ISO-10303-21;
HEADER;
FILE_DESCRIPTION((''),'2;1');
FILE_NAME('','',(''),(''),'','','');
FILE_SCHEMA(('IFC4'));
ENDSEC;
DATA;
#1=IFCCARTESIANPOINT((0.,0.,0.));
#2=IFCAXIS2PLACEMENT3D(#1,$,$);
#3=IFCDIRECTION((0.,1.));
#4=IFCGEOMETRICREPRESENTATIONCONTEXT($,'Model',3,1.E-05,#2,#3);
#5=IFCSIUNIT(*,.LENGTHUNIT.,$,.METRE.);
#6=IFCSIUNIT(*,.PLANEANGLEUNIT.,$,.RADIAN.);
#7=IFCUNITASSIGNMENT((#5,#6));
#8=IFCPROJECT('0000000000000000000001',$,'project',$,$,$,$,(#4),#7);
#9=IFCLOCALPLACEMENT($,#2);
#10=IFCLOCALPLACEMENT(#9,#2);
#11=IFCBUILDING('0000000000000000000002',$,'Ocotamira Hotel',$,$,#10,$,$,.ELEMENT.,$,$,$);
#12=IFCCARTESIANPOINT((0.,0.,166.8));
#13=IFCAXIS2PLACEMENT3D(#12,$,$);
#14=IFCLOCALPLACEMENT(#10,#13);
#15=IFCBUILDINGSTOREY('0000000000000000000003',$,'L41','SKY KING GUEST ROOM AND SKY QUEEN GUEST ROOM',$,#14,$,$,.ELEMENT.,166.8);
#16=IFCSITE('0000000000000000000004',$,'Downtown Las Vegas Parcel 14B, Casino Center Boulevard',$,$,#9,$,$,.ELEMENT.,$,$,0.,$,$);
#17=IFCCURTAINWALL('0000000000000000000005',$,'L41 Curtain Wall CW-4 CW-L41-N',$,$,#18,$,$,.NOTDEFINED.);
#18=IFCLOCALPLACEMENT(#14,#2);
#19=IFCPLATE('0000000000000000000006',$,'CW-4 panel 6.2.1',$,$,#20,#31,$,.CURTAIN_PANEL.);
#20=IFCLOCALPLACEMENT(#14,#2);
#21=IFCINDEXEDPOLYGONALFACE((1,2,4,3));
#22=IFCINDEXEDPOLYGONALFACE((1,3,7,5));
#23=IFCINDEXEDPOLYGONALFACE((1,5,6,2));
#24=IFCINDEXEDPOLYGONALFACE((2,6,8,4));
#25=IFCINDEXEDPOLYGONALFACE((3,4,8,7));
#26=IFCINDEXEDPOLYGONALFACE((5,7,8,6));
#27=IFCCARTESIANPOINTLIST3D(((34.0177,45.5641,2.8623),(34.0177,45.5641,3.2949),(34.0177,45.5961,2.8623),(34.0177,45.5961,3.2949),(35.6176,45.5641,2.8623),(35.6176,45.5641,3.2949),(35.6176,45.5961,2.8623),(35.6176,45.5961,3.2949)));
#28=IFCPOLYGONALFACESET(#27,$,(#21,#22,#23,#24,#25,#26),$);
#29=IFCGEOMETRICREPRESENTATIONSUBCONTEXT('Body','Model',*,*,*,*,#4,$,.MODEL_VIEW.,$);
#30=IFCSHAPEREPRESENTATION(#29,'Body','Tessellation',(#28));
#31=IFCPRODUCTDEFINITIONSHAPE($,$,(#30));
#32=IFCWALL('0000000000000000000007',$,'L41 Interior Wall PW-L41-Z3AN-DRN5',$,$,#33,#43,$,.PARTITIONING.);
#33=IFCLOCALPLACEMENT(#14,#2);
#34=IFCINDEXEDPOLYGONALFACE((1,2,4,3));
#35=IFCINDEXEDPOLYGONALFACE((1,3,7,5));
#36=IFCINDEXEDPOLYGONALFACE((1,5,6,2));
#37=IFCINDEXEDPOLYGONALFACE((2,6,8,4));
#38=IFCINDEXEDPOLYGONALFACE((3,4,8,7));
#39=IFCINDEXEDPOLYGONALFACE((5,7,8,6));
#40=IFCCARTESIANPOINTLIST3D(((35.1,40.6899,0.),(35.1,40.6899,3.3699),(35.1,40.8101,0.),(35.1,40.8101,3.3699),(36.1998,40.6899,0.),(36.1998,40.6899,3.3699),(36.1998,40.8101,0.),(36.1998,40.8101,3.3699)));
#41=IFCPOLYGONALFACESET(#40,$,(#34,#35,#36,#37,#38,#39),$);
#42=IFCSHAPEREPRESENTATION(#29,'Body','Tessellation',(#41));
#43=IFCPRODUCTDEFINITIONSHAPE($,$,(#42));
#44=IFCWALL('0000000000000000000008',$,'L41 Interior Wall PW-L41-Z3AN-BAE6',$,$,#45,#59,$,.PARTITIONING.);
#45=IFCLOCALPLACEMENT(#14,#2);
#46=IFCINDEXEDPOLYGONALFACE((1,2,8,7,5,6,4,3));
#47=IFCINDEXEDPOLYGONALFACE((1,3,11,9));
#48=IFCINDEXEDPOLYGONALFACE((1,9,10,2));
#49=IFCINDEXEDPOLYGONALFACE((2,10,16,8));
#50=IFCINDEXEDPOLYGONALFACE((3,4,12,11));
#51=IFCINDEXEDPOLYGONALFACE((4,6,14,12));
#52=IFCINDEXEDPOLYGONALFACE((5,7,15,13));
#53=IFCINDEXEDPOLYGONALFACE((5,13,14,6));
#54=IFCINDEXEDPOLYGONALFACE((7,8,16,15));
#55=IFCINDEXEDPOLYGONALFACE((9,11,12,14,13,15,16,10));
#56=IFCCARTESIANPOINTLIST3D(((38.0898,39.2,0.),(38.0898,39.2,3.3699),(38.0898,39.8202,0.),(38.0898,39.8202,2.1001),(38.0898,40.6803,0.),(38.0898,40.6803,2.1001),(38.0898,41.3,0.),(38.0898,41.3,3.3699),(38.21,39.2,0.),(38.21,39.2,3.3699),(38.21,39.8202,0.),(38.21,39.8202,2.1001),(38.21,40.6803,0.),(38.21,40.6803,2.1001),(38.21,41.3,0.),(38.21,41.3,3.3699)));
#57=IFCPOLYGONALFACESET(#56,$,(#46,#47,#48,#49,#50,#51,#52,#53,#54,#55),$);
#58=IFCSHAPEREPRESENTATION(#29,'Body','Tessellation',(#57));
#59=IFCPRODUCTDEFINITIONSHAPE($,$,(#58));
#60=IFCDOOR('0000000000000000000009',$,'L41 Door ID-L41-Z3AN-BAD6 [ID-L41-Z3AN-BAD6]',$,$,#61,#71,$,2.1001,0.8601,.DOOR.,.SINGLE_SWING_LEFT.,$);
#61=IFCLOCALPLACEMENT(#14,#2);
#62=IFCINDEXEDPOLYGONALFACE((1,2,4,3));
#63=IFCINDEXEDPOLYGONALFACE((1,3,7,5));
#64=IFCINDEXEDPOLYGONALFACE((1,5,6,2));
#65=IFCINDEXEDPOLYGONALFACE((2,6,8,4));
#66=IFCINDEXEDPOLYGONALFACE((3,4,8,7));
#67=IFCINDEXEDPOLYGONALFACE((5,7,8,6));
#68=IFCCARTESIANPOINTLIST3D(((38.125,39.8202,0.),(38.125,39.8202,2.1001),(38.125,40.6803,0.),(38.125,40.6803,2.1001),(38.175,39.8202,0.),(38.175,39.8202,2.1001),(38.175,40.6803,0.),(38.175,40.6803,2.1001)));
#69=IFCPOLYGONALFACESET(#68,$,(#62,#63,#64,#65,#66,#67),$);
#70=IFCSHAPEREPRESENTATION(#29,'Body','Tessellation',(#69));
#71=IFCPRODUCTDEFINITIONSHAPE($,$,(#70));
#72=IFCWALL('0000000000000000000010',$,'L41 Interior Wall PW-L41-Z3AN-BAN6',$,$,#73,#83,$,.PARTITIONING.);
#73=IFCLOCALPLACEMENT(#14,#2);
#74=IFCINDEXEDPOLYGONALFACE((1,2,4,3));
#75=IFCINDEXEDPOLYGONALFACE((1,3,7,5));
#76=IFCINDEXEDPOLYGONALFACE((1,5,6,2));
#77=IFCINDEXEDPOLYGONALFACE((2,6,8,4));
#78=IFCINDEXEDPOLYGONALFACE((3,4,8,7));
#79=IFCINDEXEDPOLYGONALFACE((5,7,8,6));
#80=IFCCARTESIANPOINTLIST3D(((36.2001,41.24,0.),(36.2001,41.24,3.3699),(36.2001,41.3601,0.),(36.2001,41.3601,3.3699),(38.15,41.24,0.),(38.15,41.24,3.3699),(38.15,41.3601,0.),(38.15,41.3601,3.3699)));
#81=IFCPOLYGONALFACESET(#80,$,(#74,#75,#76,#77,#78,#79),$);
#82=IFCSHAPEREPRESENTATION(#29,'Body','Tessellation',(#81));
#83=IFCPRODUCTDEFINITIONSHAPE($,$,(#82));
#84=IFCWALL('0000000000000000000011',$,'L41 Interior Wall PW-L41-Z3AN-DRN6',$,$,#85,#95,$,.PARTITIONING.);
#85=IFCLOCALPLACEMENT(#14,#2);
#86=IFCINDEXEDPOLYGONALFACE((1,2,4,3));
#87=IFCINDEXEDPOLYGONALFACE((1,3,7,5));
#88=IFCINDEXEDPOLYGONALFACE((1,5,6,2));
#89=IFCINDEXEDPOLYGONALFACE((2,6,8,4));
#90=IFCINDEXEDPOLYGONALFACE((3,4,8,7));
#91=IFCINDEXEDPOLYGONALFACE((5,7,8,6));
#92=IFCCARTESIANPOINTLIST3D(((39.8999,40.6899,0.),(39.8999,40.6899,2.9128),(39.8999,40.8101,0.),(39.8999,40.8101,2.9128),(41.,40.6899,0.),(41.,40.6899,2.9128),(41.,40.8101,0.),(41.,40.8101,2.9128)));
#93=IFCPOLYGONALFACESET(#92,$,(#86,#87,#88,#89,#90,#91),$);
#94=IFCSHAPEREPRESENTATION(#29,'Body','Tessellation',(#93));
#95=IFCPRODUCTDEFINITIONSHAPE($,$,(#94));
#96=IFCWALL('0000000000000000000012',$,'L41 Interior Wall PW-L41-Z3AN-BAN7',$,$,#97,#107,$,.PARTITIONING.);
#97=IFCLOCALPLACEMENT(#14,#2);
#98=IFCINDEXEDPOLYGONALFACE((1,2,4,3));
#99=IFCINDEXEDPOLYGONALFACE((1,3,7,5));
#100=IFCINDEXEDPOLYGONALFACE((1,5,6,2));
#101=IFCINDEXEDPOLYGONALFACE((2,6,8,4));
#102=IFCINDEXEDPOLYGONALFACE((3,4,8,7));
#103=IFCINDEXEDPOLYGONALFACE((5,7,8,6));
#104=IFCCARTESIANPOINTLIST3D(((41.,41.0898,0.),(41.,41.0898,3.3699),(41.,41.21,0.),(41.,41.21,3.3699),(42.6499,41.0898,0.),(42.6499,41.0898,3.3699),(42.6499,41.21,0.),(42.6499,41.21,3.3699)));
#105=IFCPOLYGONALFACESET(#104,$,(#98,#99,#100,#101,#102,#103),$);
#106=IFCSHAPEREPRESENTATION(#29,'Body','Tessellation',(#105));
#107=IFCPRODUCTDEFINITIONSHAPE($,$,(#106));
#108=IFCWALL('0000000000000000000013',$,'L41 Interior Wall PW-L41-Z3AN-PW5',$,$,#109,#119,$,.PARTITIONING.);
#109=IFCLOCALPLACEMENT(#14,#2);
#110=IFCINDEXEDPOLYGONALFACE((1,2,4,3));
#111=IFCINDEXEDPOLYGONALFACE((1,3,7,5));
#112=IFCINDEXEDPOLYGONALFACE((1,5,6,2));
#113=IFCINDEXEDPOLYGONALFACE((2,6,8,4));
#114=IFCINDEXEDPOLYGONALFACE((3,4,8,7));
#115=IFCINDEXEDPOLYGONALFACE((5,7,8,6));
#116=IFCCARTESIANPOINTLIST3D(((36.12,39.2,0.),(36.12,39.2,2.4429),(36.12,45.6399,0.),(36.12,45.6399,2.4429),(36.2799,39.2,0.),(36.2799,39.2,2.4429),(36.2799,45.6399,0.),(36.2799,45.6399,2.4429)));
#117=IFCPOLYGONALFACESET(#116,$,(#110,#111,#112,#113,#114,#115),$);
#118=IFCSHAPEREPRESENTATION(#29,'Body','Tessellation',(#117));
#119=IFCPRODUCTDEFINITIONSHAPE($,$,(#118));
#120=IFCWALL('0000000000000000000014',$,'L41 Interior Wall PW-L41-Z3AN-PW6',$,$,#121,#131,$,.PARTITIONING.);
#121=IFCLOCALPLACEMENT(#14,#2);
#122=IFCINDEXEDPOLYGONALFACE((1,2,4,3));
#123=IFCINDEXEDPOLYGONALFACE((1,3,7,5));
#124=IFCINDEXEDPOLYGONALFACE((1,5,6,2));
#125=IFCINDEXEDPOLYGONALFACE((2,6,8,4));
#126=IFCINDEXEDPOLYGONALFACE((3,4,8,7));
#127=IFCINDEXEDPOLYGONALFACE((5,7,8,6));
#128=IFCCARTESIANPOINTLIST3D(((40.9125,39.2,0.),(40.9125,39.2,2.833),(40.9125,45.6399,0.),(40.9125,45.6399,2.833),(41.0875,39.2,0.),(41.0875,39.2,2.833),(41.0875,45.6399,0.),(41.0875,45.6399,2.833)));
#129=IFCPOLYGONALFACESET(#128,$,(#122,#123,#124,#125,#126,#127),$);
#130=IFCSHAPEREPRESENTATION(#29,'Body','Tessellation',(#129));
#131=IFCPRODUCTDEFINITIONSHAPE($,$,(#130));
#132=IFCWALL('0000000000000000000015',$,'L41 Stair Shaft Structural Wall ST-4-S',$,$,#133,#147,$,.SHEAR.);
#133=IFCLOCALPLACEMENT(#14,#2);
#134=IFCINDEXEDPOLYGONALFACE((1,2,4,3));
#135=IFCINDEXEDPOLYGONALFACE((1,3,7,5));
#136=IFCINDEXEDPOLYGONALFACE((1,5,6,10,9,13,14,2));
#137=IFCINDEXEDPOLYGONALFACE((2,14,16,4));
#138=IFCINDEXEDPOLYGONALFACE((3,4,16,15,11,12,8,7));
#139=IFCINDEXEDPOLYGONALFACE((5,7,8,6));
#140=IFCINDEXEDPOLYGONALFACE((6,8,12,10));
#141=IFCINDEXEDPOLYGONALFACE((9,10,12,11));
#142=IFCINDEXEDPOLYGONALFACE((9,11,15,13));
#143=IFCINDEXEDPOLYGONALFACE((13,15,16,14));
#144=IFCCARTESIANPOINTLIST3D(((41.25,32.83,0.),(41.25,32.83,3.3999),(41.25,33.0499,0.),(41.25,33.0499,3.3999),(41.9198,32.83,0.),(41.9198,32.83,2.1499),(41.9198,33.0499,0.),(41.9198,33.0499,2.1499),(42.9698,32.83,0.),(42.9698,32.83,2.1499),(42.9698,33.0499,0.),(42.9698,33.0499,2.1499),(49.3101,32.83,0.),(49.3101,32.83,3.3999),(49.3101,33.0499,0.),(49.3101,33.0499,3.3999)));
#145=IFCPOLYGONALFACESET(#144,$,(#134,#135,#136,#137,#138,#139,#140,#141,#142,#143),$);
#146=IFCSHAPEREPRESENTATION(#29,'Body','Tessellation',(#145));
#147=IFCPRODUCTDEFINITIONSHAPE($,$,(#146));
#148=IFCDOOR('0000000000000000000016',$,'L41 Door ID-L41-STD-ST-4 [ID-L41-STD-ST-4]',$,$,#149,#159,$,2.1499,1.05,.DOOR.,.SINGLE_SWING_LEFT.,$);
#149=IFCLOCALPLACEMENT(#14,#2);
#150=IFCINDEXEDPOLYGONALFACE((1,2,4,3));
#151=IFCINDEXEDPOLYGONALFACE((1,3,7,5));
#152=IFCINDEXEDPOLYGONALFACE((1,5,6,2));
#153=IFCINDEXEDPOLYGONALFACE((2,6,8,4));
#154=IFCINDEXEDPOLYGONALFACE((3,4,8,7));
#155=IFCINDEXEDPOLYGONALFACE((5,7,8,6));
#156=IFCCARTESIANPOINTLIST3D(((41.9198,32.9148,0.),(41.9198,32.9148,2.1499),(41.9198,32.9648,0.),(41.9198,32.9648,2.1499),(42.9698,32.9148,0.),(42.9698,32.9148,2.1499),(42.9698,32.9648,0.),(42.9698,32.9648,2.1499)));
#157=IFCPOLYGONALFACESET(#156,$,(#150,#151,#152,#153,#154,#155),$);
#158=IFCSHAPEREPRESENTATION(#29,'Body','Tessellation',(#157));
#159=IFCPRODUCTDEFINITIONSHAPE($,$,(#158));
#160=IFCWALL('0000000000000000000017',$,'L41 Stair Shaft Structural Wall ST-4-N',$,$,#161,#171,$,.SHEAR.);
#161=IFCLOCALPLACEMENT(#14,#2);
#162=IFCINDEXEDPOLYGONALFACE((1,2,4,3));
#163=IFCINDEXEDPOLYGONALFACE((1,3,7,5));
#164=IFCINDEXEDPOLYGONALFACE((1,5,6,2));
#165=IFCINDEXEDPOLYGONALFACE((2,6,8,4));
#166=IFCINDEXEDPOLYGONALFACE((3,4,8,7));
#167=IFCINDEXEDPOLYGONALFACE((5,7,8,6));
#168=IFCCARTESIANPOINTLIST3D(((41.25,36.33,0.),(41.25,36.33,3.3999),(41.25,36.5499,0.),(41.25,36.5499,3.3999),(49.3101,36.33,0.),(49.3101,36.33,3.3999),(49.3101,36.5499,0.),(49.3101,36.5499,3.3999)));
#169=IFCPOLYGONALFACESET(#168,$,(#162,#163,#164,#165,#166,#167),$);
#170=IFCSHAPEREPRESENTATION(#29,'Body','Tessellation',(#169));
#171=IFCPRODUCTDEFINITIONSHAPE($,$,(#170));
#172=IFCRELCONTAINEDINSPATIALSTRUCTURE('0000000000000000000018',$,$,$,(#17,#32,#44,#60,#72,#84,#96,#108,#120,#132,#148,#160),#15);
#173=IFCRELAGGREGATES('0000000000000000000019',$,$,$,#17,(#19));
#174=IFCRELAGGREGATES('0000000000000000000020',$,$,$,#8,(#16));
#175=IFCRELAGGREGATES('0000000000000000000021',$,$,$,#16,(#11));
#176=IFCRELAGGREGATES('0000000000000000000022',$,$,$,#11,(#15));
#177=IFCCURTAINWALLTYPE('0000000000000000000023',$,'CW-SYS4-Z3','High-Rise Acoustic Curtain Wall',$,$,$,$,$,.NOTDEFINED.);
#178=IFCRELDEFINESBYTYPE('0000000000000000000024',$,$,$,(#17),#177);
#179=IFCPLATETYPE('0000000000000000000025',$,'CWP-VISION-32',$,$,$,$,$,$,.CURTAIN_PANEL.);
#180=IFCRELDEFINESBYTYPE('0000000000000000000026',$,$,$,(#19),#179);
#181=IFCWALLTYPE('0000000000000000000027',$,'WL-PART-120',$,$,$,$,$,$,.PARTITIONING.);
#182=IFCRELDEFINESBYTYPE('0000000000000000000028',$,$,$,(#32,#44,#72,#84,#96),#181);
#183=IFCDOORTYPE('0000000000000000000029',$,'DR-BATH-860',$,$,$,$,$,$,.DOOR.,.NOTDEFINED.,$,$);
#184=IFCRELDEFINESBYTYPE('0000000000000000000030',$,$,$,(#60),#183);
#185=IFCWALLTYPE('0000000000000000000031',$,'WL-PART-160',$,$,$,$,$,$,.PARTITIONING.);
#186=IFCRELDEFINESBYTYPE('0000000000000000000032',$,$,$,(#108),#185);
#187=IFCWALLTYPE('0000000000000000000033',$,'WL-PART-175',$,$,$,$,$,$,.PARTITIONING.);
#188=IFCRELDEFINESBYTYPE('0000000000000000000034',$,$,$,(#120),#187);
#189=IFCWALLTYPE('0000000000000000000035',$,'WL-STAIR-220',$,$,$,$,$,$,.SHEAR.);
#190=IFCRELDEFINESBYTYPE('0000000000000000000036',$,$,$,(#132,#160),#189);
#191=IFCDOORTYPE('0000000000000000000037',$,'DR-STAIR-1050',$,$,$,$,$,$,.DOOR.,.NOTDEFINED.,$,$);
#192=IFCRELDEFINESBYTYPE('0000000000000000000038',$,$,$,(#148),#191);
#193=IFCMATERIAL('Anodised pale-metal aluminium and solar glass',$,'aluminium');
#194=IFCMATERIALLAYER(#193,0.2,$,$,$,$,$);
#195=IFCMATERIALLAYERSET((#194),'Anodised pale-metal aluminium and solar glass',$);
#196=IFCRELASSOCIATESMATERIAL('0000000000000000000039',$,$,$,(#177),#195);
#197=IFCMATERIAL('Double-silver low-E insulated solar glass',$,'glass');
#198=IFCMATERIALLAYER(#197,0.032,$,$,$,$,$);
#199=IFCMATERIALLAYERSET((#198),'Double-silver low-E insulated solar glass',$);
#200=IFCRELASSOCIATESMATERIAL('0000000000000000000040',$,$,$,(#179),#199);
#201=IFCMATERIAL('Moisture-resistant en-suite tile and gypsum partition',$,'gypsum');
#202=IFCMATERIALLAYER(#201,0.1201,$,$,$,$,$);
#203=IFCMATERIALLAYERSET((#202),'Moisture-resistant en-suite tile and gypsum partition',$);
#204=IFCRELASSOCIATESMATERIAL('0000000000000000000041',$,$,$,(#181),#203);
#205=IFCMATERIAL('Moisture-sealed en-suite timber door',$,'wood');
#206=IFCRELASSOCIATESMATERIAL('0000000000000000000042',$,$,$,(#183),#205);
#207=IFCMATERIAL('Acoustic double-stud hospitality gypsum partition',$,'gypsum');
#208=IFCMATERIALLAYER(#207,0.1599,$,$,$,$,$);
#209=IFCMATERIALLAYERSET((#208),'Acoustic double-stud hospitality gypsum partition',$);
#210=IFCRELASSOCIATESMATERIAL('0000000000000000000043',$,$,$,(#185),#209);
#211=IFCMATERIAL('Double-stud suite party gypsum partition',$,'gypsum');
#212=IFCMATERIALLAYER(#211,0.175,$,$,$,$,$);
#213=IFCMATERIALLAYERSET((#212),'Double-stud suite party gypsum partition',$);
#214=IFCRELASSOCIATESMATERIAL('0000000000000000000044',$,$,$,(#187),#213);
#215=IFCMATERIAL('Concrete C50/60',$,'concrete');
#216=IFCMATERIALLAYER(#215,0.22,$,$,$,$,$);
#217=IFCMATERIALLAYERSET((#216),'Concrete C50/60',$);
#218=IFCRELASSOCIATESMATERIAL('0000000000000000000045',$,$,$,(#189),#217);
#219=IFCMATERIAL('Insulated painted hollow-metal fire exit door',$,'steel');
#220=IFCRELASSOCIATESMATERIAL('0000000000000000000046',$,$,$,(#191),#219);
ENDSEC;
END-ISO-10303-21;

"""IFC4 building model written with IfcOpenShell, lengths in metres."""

from ifc_helpers import new_model, si_unit, direction, frame, frame_2d, origin, origin_2d, place, context, subcontext, project, spatial, rectangle, extrude, source, transform, mapped, material, layer, layer_set, type_object, element, fill, aggregate, save


model = new_model("IFC4")

# Units and contexts
model_context = context("Model", 3, precision=1e-05, world=origin(), true_north=direction((0.0, 1.0)))
body_context = subcontext(model_context, "Body", "Model", "MODEL_VIEW")
ifc_project = project(units=[si_unit("LENGTHUNIT", "METRE"), si_unit("PLANEANGLEUNIT", "RADIAN")], contexts=[model_context])

# Site, building, storey
site_placement = place(None, origin())
site = spatial("IfcSite", under=ifc_project, at=site_placement, Name="Downtown Las Vegas Parcel 14B, Casino Center Boulevard", CompositionType="ELEMENT", RefElevation=0.0)
building_placement = place(site_placement, origin())
building = spatial("IfcBuilding", under=site, at=building_placement, Name="Ocotamira Hotel", CompositionType="ELEMENT")
storey_placement = place(building_placement, frame((0.0, 0.0, 166.8)))
storey = spatial("IfcBuildingStorey", under=building, at=storey_placement, Name="L41", Description="SKY KING GUEST ROOM AND SKY QUEEN GUEST ROOM", CompositionType="ELEMENT", Elevation=166.8)

# Shared definitions
ifc_material_1 = material(Name="Concrete C50/60", Category="concrete")

# Curtain wall
ifc_material_2 = material(Name="Anodised pale-metal aluminium and solar glass", Category="aluminium")
ifc_layer_1 = layer(ifc_material_2, 0.2)
ifc_layer_set_1 = layer_set([ifc_layer_1], Name="Anodised pale-metal aluminium and solar glass")
curtain_wall_type = type_object("IfcCurtainWallType", Name="CW-SYS4-Z3", Description="High-Rise Acoustic Curtain Wall", PredefinedType="NOTDEFINED", material=ifc_layer_set_1)
curtain_wall_placement = place(storey_placement, origin())
curtain_wall = element("IfcCurtainWall", 1, at=curtain_wall_placement, inside=storey, type_object=curtain_wall_type, Name="L41 Curtain Wall CW-4 CW-L41-N", PredefinedType="NOTDEFINED")

# Plate
ifc_material_3 = material(Name="Double-silver low-E insulated solar glass", Category="glass")
ifc_layer_2 = layer(ifc_material_3, 0.032)
ifc_layer_set_2 = layer_set([ifc_layer_2], Name="Double-silver low-E insulated solar glass")
plate_type_1 = type_object("IfcPlateType", Name="CWP-VISION-32", PredefinedType="CURTAIN_PANEL", material=ifc_layer_set_2)
shared_shape_1 = source(origin(), body_context, "Body", "SweptSolid", [
    extrude(rectangle(XDim=1.5999, YDim=0.032, at=origin_2d()), origin(), (0.0, 0.0, 1.0), 0.4326),
])
plate_1_placement = place(storey_placement, frame((34.8176, 45.5801, 2.8623), z_axis=(0.0, 0.0, 1.0), x_axis=(1.0, 0.0, 0.0)))
plate_1 = element("IfcPlate", 2, at=plate_1_placement, type_object=plate_type_1, Name="CW-4 panel 6.2.1", PredefinedType="CURTAIN_PANEL", context=body_context, shape_type="MappedRepresentation", body=[
    mapped(shared_shape_1, transform((0.0, 0.0, 0.0), scale=1.0)),
])
aggregate(curtain_wall, [plate_1])

# Wall
ifc_material_4 = material(Name="Moisture-resistant en-suite tile and gypsum partition", Category="gypsum")
ifc_layer_3 = layer(ifc_material_4, 0.1201)
ifc_layer_set_3 = layer_set([ifc_layer_3], Name="Moisture-resistant en-suite tile and gypsum partition")
wall_type_1 = type_object("IfcWallType", Name="WL-PART-120", PredefinedType="PARTITIONING", material=ifc_layer_set_3)
wall_1_placement = place(storey_placement, frame((35.1001, 40.75, 0.0), z_axis=(0.0, 0.0, 1.0), x_axis=(1.0, 0.0, 0.0)))
element("IfcWall", 3, at=wall_1_placement, inside=storey, type_object=wall_type_1, Name="L41 Interior Wall PW-L41-Z3AN-DRN5", PredefinedType="PARTITIONING", context=body_context, shape_type="SweptSolid", body=[
    extrude(rectangle(XDim=1.0999, YDim=0.1201, at=frame_2d((0.5498, 0.0))), origin(), (0.0, 0.0, 1.0), 3.3699),
])

# Wall, opening, door
wall_2_placement = place(storey_placement, frame((38.1499, 39.2, 0.0), z_axis=(0.0, 0.0, 1.0), x_axis=(0.0, 1.0, 0.0)))
wall_2 = element("IfcWall", 4, at=wall_2_placement, inside=storey, type_object=wall_type_1, Name="L41 Interior Wall PW-L41-Z3AN-BAE6", PredefinedType="PARTITIONING", context=body_context, shape_type="SweptSolid", body=[
    extrude(rectangle(XDim=2.1001, YDim=0.1201, at=frame_2d((1.05, 0.0))), origin(), (0.0, 0.0, 1.0), 3.3699),
])
opening_1_placement = place(wall_2_placement, frame((0.6201, 0.0, 0.0)))
opening_1 = element("IfcOpeningElement", 5, at=opening_1_placement, cuts=wall_2, PredefinedType="OPENING", context=body_context, shape_type="SweptSolid", body=[
    extrude(rectangle(XDim=0.8601, YDim=2.1001, at=frame_2d((0.4302, 1.05))), frame((0.0, 0.0701, 0.0), z_axis=(0.0, -1.0, 0.0), x_axis=(1.0, 0.0, 0.0)), (0.0, 0.0, 1.0), 0.1401),
])
ifc_material_5 = material(Name="Moisture-sealed en-suite timber door", Category="wood")
door_type_1 = type_object("IfcDoorType", Name="DR-BATH-860", OperationType="NOTDEFINED", PredefinedType="DOOR", material=ifc_material_5)
shared_shape_2 = source(origin(), body_context, "Body", "SweptSolid", [
    extrude(rectangle(XDim=0.8601, YDim=2.1001, at=frame_2d((0.4302, 1.05))), frame((0.0, 0.0249, 0.0), z_axis=(0.0, -1.0, 0.0), x_axis=(1.0, 0.0, 0.0)), (0.0, 0.0, 1.0), 0.05),
])
door_1_placement = place(opening_1_placement, origin())
door_1 = element("IfcDoor", 6, at=door_1_placement, inside=storey, type_object=door_type_1, Name="L41 Door ID-L41-Z3AN-BAD6 [ID-L41-Z3AN-BAD6]", OperationType="SINGLE_SWING_LEFT", OverallHeight=2.1001, OverallWidth=0.8601, PredefinedType="DOOR", context=body_context, shape_type="MappedRepresentation", body=[
    mapped(shared_shape_2, transform((0.0, 0.0, 0.0), scale=1.0)),
])
fill(opening_1, door_1)

# Walls
wall_3_placement = place(storey_placement, frame((36.2, 41.3, 0.0), z_axis=(0.0, 0.0, 1.0), x_axis=(1.0, 0.0, 0.0)))
element("IfcWall", 7, at=wall_3_placement, inside=storey, type_object=wall_type_1, Name="L41 Interior Wall PW-L41-Z3AN-BAN6", PredefinedType="PARTITIONING", context=body_context, shape_type="SweptSolid", body=[
    extrude(rectangle(XDim=1.95, YDim=0.1201, at=frame_2d((0.9751, 0.0))), origin(), (0.0, 0.0, 1.0), 3.3699),
])
wall_4_placement = place(storey_placement, frame((39.8999, 40.75, 0.0), z_axis=(0.0, 0.0, 1.0), x_axis=(1.0, 0.0, 0.0)))
element("IfcWall", 8, at=wall_4_placement, inside=storey, type_object=wall_type_1, Name="L41 Interior Wall PW-L41-Z3AN-DRN6", PredefinedType="PARTITIONING", context=body_context, shape_type="SweptSolid", body=[
    extrude(rectangle(XDim=1.1001, YDim=0.1201, at=frame_2d((0.55, 0.0))), origin(), (0.0, 0.0, 1.0), 2.9128),
])
wall_5_placement = place(storey_placement, frame((41.0, 41.1499, 0.0), z_axis=(0.0, 0.0, 1.0), x_axis=(1.0, 0.0, 0.0)))
element("IfcWall", 9, at=wall_5_placement, inside=storey, type_object=wall_type_1, Name="L41 Interior Wall PW-L41-Z3AN-BAN7", PredefinedType="PARTITIONING", context=body_context, shape_type="SweptSolid", body=[
    extrude(rectangle(XDim=1.6499, YDim=0.1201, at=frame_2d((0.825, 0.0))), origin(), (0.0, 0.0, 1.0), 3.3699),
])
ifc_material_6 = material(Name="Acoustic double-stud hospitality gypsum partition", Category="gypsum")
ifc_layer_4 = layer(ifc_material_6, 0.1599)
ifc_layer_set_4 = layer_set([ifc_layer_4], Name="Acoustic double-stud hospitality gypsum partition")
wall_type_2 = type_object("IfcWallType", Name="WL-PART-160", PredefinedType="PARTITIONING", material=ifc_layer_set_4)
wall_6_placement = place(storey_placement, frame((36.2, 39.2, 0.0), z_axis=(0.0, 0.0, 1.0), x_axis=(0.0, 1.0, 0.0)))
element("IfcWall", 10, at=wall_6_placement, inside=storey, type_object=wall_type_2, Name="L41 Interior Wall PW-L41-Z3AN-PW5", PredefinedType="PARTITIONING", context=body_context, shape_type="SweptSolid", body=[
    extrude(rectangle(XDim=6.4399, YDim=0.1599, at=frame_2d((3.22, 0.0))), origin(), (0.0, 0.0, 1.0), 2.4429),
])
ifc_material_7 = material(Name="Double-stud suite party gypsum partition", Category="gypsum")
ifc_layer_5 = layer(ifc_material_7, 0.175)
ifc_layer_set_5 = layer_set([ifc_layer_5], Name="Double-stud suite party gypsum partition")
wall_type_3 = type_object("IfcWallType", Name="WL-PART-175", PredefinedType="PARTITIONING", material=ifc_layer_set_5)
wall_7_placement = place(storey_placement, frame((41.0, 39.2, 0.0), z_axis=(0.0, 0.0, 1.0), x_axis=(0.0, 1.0, 0.0)))
element("IfcWall", 11, at=wall_7_placement, inside=storey, type_object=wall_type_3, Name="L41 Interior Wall PW-L41-Z3AN-PW6", PredefinedType="PARTITIONING", context=body_context, shape_type="SweptSolid", body=[
    extrude(rectangle(XDim=6.4399, YDim=0.175, at=frame_2d((3.22, 0.0))), origin(), (0.0, 0.0, 1.0), 2.833),
])

# Wall, opening, door
ifc_layer_6 = layer(ifc_material_1, 0.22)
ifc_layer_set_6 = layer_set([ifc_layer_6], Name="Concrete C50/60")
wall_type_4 = type_object("IfcWallType", Name="WL-STAIR-220", PredefinedType="SHEAR", material=ifc_layer_set_6)
wall_8_placement = place(storey_placement, frame((41.25, 32.9399, 0.0), z_axis=(0.0, 0.0, 1.0), x_axis=(1.0, 0.0, 0.0)))
wall_8 = element("IfcWall", 12, at=wall_8_placement, inside=storey, type_object=wall_type_4, Name="L41 Stair Shaft Structural Wall ST-4-S", PredefinedType="SHEAR", context=body_context, shape_type="SweptSolid", body=[
    extrude(rectangle(XDim=8.0601, YDim=0.22, at=frame_2d((4.03, 0.0))), origin(), (0.0, 0.0, 1.0), 3.3999),
])
opening_2_placement = place(wall_8_placement, frame((0.6699, 0.0, 0.0)))
opening_2 = element("IfcOpeningElement", 13, at=opening_2_placement, cuts=wall_8, PredefinedType="OPENING", context=body_context, shape_type="SweptSolid", body=[
    extrude(rectangle(XDim=1.05, YDim=2.1499, at=frame_2d((0.5249, 1.075))), frame((0.0, 0.1201, 0.0), z_axis=(0.0, -1.0, 0.0), x_axis=(1.0, 0.0, 0.0)), (0.0, 0.0, 1.0), 0.24),
])
ifc_material_8 = material(Name="Insulated painted hollow-metal fire exit door", Category="steel")
door_type_2 = type_object("IfcDoorType", Name="DR-STAIR-1050", OperationType="NOTDEFINED", PredefinedType="DOOR", material=ifc_material_8)
shared_shape_3 = source(origin(), body_context, "Body", "SweptSolid", [
    extrude(rectangle(XDim=1.05, YDim=2.1499, at=frame_2d((0.5249, 1.075))), frame((0.0, 0.0249, 0.0), z_axis=(0.0, -1.0, 0.0), x_axis=(1.0, 0.0, 0.0)), (0.0, 0.0, 1.0), 0.05),
])
door_2_placement = place(opening_2_placement, origin())
door_2 = element("IfcDoor", 14, at=door_2_placement, inside=storey, type_object=door_type_2, Name="L41 Door ID-L41-STD-ST-4 [ID-L41-STD-ST-4]", OperationType="SINGLE_SWING_LEFT", OverallHeight=2.1499, OverallWidth=1.05, PredefinedType="DOOR", context=body_context, shape_type="MappedRepresentation", body=[
    mapped(shared_shape_3, transform((0.0, 0.0, 0.0), scale=1.0)),
])
fill(opening_2, door_2)

# Wall
wall_9_placement = place(storey_placement, frame((41.25, 36.4399, 0.0), z_axis=(0.0, 0.0, 1.0), x_axis=(1.0, 0.0, 0.0)))
element("IfcWall", 15, at=wall_9_placement, inside=storey, type_object=wall_type_4, Name="L41 Stair Shaft Structural Wall ST-4-N", PredefinedType="SHEAR", context=body_context, shape_type="SweptSolid", body=[
    extrude(rectangle(XDim=8.0601, YDim=0.22, at=frame_2d((4.03, 0.0))), origin(), (0.0, 0.0, 1.0), 3.3999),
])

save(model, "model.ifc")
